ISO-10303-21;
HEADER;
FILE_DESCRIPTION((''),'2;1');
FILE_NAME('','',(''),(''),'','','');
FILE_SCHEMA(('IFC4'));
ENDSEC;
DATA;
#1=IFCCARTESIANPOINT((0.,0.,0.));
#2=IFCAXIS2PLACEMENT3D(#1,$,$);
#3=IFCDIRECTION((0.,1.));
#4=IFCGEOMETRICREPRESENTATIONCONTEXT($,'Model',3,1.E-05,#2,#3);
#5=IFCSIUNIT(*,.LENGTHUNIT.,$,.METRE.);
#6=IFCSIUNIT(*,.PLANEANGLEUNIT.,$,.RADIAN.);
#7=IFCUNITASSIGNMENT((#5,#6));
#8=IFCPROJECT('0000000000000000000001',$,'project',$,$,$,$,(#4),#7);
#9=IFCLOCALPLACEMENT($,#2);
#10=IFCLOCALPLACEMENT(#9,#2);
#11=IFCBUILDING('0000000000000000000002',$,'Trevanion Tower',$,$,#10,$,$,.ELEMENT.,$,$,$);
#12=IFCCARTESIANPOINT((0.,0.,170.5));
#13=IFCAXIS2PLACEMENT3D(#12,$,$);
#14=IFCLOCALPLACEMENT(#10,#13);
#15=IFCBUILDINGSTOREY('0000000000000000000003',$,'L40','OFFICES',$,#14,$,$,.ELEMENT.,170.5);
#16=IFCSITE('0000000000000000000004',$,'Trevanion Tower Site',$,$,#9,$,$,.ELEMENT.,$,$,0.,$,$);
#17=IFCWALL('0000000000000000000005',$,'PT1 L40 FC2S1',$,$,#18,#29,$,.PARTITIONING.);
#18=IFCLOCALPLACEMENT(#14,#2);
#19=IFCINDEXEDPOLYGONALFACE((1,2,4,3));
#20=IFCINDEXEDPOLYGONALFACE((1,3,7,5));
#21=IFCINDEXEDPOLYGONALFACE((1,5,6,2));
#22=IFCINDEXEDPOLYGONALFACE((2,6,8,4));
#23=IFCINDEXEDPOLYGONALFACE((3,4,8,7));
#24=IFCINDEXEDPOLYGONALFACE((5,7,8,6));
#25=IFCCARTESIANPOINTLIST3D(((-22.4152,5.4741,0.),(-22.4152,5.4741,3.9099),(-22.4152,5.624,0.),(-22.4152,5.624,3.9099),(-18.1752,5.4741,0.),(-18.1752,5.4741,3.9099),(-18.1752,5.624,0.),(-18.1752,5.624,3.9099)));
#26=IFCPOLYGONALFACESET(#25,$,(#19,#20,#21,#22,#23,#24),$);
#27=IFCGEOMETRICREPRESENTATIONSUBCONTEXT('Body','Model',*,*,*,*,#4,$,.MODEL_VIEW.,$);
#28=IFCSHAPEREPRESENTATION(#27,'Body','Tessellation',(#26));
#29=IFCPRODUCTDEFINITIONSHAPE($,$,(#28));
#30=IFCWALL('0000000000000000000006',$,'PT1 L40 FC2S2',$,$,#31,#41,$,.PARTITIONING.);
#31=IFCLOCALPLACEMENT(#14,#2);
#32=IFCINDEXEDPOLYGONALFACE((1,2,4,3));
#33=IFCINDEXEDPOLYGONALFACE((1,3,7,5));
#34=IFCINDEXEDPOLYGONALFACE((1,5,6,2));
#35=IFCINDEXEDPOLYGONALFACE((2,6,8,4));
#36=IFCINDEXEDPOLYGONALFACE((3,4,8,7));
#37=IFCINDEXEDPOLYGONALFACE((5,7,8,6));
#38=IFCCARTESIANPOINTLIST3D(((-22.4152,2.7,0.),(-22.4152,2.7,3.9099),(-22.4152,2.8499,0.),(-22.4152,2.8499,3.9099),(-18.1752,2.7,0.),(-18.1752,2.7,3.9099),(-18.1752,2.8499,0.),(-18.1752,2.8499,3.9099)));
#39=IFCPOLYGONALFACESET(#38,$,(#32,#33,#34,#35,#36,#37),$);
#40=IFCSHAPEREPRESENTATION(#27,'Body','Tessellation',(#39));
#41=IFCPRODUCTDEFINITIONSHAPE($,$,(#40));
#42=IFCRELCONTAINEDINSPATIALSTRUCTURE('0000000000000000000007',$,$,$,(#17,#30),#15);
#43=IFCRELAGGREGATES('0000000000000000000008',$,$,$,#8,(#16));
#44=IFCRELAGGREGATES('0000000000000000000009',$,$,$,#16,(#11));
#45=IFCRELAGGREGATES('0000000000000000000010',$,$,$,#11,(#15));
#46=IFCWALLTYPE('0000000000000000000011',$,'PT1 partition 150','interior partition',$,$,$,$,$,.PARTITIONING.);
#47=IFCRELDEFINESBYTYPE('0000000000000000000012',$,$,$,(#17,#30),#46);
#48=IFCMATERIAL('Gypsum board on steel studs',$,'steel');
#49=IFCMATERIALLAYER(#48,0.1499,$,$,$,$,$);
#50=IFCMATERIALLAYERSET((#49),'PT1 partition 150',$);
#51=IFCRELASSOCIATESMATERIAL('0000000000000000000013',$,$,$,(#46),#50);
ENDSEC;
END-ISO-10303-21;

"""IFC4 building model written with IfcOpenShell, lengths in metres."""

from ifc_helpers import new_model, si_unit, direction, frame, frame_2d, origin, place, context, subcontext, project, spatial, rectangle, extrude, material, layer, layer_set, type_object, element, save


model = new_model("IFC4")

# Units and contexts
model_context = context("Model", 3, precision=1e-05, world=origin(), true_north=direction((0.0, 1.0)))
body_context = subcontext(model_context, "Body", "Model", "MODEL_VIEW")
ifc_project = project(units=[si_unit("LENGTHUNIT", "METRE"), si_unit("PLANEANGLEUNIT", "RADIAN")], contexts=[model_context])

# Site, building, storey
site_placement = place(None, origin())
site = spatial("IfcSite", under=ifc_project, at=site_placement, Name="Trevanion Tower Site", CompositionType="ELEMENT", RefElevation=0.0)
building_placement = place(site_placement, origin())
building = spatial("IfcBuilding", under=site, at=building_placement, Name="Trevanion Tower", CompositionType="ELEMENT")
storey_placement = place(building_placement, frame((0.0, 0.0, 170.5)))
storey = spatial("IfcBuildingStorey", under=building, at=storey_placement, Name="L40", Description="OFFICES", CompositionType="ELEMENT", Elevation=170.5)

# Shared definitions
ifc_material_1 = material(Name="Gypsum board on steel studs", Category="steel")
ifc_layer_1 = layer(ifc_material_1, 0.1499)
ifc_layer_set_1 = layer_set([ifc_layer_1], Name="PT1 partition 150")
wall_type_1 = type_object("IfcWallType", Name="PT1 partition 150", Description="interior partition", PredefinedType="PARTITIONING", material=ifc_layer_set_1)

# Walls
for number, where, z_axis, x_axis, name in (
    (1, (-18.175, 5.5491, 0.0), (0.0, 0.0, 1.0), (-1.0, 0.0, 0.0), "PT1 L40 FC2S1"),
    (2, (-18.175, 2.7749, 0.0), (0.0, 0.0, 1.0), (-1.0, 0.0, 0.0), "PT1 L40 FC2S2"),
):
    element("IfcWall", number, at=place(storey_placement, frame(where, z_axis=z_axis, x_axis=x_axis)), inside=storey, type_object=wall_type_1, Name=name, PredefinedType="PARTITIONING", context=body_context, shape_type="SweptSolid", body=[
        extrude(rectangle(XDim=4.24, YDim=0.1499, at=frame_2d((2.1201, 0.0))), origin(), (0.0, 0.0, 1.0), 3.9099),
    ])

save(model, "model.ifc")
